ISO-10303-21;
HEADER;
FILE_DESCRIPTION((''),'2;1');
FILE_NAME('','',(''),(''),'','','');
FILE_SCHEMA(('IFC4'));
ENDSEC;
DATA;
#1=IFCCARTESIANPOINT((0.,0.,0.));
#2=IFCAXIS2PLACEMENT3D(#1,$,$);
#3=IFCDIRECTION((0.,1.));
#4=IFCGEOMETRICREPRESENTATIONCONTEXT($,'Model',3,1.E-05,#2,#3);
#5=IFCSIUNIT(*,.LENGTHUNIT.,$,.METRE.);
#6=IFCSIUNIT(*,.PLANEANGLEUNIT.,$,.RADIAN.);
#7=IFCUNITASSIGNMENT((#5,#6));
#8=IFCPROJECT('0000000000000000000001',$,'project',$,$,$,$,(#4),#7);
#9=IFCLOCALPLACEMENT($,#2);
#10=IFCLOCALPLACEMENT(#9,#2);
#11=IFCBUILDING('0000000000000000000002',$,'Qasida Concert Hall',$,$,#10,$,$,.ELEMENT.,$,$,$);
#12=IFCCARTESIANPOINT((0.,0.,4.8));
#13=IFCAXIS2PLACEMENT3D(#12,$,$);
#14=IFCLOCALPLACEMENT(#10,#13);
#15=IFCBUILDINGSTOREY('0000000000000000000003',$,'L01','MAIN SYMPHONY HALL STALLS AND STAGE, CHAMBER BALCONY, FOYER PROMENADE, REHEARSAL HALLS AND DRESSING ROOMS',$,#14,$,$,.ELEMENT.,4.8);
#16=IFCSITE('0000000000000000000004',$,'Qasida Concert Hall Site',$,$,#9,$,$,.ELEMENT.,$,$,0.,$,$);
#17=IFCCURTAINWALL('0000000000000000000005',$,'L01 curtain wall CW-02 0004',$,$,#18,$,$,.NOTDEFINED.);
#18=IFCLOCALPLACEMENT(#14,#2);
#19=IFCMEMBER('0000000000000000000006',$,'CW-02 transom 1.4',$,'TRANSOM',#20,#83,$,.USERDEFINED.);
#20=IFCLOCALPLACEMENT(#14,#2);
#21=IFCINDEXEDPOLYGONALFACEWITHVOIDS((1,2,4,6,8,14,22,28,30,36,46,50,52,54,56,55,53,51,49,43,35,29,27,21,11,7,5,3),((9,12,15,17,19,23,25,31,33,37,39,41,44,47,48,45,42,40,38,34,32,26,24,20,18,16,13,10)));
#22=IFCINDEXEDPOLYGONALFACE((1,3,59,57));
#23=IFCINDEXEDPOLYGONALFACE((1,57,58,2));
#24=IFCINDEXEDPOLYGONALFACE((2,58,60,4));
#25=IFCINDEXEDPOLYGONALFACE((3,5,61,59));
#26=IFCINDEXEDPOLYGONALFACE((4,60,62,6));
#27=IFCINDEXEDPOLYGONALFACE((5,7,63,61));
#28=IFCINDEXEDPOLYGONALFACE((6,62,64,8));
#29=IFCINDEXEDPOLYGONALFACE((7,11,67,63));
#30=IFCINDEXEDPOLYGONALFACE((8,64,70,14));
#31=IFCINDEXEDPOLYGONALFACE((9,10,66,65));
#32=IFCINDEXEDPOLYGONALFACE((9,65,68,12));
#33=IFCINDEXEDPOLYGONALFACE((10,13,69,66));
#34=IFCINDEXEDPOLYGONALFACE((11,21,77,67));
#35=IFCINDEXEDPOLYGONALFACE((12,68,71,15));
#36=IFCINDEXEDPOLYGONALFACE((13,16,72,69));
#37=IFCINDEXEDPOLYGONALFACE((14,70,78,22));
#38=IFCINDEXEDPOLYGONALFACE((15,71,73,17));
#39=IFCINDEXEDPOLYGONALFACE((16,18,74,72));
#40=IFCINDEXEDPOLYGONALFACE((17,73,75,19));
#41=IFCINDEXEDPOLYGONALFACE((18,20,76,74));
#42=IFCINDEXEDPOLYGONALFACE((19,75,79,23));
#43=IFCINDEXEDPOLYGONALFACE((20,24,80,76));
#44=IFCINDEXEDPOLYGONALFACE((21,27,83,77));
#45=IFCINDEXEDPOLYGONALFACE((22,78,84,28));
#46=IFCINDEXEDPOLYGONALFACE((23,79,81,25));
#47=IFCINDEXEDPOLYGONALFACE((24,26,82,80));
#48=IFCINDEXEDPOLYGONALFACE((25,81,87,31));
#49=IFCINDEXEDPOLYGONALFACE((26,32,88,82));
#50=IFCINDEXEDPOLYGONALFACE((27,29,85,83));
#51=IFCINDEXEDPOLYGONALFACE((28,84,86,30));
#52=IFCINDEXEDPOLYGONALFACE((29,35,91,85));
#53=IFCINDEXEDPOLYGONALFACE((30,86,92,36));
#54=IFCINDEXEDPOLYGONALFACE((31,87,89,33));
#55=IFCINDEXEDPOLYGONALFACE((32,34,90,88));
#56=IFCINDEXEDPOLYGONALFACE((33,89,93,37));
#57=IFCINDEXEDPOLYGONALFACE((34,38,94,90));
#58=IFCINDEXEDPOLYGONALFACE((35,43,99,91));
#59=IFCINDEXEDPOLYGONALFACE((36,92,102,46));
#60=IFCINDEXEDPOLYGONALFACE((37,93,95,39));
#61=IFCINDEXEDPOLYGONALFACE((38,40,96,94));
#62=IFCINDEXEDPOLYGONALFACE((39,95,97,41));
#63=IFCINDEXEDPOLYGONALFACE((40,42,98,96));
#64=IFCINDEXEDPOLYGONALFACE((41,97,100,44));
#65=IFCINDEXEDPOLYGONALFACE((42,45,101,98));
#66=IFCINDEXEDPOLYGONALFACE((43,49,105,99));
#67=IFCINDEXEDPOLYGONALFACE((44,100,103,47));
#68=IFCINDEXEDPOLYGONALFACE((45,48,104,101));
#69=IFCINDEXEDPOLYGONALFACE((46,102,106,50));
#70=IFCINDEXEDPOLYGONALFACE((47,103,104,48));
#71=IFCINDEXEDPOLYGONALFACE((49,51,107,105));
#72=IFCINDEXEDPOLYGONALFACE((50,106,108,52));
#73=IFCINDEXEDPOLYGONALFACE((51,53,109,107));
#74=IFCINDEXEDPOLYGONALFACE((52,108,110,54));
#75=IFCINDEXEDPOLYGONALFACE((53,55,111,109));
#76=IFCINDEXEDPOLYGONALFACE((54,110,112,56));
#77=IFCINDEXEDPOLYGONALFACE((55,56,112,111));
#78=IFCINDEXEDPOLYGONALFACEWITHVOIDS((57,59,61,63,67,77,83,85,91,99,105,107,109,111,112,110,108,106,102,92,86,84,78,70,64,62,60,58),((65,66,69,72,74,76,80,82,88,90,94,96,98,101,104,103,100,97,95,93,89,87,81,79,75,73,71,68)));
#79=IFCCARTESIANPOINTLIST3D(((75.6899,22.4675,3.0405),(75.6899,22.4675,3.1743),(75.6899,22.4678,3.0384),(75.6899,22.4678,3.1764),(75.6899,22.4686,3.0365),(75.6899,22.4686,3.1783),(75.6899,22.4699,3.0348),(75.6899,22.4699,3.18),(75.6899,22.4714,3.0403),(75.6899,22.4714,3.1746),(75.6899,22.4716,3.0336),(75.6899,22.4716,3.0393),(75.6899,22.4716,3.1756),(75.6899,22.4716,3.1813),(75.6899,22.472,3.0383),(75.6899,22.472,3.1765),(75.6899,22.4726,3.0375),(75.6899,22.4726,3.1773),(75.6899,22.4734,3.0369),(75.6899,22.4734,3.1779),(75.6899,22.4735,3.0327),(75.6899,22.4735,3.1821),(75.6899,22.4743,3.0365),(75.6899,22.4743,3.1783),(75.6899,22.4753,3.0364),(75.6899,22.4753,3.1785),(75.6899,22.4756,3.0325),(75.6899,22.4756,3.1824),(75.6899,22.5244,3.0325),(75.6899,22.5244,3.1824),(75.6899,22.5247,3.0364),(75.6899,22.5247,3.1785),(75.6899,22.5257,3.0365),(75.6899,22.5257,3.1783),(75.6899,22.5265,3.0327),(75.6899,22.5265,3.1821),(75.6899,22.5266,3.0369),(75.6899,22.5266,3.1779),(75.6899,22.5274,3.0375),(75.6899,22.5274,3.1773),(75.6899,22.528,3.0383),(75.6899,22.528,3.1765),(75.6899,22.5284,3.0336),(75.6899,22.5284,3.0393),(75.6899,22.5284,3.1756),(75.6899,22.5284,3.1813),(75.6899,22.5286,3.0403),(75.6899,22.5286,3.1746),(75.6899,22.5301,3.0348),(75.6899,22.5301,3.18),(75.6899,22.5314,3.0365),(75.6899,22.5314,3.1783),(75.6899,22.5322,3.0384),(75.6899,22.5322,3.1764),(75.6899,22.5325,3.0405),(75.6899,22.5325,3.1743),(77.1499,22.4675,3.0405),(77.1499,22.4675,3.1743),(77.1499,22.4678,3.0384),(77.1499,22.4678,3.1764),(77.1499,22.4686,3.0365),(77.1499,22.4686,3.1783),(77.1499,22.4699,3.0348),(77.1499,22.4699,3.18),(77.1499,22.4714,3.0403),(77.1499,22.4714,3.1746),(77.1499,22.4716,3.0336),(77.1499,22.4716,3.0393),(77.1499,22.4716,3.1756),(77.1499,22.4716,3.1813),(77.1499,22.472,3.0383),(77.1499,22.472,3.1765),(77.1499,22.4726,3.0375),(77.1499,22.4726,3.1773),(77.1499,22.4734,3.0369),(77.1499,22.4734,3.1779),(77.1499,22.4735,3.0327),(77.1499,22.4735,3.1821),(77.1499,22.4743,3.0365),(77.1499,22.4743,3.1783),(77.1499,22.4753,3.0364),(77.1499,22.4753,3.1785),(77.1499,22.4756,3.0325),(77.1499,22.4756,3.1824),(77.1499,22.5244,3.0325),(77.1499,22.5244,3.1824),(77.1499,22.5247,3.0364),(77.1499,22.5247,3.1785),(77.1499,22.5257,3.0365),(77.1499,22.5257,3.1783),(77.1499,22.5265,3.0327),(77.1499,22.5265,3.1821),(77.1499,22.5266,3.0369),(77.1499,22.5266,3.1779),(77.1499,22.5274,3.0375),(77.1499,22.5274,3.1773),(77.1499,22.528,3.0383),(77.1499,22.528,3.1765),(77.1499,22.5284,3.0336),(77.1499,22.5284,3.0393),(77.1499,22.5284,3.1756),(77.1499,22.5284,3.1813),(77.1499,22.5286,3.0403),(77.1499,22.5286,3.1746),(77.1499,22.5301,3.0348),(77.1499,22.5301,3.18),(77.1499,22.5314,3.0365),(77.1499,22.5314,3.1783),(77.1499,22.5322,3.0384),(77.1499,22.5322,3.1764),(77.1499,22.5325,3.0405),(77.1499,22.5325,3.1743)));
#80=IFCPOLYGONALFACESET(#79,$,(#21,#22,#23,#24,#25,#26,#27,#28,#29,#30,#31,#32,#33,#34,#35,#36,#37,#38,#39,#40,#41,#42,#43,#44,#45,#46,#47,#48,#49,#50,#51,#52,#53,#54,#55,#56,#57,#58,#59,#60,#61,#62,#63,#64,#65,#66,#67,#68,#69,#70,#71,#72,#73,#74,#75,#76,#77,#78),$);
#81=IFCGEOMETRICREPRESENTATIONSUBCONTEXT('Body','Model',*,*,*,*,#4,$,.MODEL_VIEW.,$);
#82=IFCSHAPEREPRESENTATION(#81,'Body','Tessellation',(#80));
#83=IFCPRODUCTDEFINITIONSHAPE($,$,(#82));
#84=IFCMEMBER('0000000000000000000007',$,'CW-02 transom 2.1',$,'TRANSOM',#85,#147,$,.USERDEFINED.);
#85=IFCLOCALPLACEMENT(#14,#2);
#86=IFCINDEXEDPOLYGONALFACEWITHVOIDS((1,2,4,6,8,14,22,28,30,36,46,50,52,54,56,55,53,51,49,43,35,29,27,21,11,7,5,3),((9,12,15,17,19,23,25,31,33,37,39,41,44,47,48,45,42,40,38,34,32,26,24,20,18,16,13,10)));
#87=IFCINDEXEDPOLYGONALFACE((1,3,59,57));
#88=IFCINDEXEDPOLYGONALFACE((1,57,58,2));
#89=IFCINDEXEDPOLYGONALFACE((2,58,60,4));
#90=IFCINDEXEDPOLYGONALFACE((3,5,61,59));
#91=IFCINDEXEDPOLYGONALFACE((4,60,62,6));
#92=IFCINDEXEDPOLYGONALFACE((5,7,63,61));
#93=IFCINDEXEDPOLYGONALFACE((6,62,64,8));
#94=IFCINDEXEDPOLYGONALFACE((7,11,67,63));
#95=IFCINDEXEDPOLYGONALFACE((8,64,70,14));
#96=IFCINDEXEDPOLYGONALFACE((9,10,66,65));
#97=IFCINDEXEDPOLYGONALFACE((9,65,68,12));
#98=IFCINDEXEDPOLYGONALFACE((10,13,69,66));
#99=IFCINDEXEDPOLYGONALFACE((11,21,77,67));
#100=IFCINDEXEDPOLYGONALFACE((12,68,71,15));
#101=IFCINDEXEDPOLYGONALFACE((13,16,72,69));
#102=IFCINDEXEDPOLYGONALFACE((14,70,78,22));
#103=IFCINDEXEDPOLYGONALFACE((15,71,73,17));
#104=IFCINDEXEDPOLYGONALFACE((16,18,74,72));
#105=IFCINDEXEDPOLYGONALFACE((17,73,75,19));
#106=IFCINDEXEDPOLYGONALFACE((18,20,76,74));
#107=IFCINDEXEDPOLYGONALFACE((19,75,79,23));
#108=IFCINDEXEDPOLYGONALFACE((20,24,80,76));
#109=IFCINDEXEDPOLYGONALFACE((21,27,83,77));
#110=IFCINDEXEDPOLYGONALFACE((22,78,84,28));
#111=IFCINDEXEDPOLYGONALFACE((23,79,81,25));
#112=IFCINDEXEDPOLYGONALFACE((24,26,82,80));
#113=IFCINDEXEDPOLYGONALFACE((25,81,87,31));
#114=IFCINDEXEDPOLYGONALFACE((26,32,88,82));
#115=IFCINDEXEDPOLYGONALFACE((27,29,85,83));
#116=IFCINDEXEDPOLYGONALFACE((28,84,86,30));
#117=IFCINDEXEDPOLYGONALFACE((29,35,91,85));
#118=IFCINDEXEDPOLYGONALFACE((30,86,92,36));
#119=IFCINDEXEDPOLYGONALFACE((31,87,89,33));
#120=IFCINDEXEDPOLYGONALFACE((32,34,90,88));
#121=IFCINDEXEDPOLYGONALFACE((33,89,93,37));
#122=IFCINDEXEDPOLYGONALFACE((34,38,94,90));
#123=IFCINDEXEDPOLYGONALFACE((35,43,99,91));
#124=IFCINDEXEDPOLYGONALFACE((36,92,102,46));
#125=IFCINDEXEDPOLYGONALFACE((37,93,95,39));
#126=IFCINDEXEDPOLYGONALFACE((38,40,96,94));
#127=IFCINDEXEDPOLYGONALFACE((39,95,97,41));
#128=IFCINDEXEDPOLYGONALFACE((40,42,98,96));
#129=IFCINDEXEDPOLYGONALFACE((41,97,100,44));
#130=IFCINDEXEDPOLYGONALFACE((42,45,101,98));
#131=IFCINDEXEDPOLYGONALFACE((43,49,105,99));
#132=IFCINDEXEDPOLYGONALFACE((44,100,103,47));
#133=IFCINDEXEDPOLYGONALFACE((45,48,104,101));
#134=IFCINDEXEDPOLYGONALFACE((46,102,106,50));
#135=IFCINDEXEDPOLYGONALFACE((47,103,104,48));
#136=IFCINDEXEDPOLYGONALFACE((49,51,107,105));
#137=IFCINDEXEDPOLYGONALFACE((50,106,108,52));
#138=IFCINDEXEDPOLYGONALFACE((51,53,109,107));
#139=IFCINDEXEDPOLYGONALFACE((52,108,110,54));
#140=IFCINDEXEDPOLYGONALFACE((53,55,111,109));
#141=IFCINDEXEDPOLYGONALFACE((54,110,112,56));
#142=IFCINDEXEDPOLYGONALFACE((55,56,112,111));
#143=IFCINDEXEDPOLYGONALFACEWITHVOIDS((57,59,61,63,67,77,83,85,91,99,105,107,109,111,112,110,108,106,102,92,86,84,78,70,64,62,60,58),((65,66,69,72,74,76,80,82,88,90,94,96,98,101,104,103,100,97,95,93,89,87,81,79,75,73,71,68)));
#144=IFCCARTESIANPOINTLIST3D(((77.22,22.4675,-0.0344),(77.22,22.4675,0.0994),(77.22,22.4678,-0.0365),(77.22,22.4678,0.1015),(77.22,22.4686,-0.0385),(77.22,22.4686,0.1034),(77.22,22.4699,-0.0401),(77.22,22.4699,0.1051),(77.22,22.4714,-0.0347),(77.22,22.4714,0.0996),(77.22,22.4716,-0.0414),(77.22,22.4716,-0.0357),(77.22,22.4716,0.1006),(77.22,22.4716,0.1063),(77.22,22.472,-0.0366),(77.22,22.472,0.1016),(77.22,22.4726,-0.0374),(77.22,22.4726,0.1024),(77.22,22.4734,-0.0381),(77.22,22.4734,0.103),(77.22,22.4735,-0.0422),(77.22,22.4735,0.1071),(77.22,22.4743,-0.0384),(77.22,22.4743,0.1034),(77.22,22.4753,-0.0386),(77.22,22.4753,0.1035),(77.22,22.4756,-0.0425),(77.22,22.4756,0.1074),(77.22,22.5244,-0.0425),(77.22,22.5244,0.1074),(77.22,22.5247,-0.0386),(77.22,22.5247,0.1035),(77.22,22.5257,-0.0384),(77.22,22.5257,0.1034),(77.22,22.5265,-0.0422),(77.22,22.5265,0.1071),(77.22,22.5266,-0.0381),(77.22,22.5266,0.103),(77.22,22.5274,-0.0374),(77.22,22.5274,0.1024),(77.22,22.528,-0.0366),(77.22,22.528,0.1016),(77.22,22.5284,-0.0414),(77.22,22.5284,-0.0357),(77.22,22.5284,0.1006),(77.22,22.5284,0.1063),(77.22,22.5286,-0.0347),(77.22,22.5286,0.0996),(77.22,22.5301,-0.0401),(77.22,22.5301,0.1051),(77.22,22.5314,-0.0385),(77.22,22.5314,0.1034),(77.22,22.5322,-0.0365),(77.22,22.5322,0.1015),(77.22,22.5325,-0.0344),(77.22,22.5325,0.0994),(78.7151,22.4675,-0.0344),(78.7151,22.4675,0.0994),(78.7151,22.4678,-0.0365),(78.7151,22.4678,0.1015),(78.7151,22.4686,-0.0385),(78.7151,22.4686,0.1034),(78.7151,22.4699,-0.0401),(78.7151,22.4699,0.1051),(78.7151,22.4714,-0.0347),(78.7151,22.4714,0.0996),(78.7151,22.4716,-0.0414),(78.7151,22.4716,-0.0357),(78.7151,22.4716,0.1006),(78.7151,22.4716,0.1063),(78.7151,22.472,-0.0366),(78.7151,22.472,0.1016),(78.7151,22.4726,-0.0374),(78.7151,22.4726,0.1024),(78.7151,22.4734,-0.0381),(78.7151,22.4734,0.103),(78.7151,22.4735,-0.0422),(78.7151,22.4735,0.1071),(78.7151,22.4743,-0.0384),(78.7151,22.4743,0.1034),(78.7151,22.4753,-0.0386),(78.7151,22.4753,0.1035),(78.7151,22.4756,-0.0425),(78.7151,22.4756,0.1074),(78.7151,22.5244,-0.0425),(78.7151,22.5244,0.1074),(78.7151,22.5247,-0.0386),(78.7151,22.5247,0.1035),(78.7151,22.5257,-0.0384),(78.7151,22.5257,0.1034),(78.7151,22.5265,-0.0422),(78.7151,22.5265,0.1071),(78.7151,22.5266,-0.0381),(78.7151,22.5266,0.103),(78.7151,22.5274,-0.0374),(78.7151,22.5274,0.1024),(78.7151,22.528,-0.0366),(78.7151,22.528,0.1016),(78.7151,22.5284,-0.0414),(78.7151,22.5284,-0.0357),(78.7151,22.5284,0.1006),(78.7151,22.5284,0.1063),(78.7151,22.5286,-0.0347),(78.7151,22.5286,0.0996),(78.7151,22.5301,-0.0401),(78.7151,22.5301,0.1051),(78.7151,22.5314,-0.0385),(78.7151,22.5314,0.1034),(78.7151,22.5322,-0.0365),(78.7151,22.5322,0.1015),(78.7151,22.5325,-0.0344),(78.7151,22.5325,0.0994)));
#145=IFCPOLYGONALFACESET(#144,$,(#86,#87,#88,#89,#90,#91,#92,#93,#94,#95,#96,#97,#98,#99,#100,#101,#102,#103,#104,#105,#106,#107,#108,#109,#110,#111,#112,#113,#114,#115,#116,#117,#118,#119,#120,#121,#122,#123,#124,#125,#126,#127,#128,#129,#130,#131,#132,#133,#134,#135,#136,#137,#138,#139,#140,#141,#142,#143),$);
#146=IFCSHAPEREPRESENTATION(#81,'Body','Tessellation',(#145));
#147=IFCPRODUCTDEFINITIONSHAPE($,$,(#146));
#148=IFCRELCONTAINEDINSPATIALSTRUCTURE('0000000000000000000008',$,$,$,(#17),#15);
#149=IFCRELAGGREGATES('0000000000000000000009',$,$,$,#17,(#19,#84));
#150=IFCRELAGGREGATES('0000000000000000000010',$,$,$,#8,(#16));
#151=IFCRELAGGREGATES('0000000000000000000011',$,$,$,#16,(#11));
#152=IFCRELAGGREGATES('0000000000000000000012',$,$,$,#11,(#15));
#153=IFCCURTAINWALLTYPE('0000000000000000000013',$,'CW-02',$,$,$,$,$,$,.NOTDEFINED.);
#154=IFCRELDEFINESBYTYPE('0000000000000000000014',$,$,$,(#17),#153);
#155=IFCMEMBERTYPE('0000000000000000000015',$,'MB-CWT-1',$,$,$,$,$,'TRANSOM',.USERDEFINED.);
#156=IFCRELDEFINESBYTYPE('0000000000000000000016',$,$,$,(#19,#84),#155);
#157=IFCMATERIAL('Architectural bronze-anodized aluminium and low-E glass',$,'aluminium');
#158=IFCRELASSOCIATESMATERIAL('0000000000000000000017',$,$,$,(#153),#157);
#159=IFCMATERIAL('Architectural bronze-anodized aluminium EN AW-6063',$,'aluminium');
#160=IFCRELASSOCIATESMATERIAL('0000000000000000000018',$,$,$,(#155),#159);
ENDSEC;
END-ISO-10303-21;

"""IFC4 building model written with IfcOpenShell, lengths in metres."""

from ifc_helpers import new_model, si_unit, direction, frame, origin, origin_2d, place, context, subcontext, project, spatial, hollow_rectangle, extrude, material, material_profile, profile_set, type_object, element, aggregate, save


model = new_model("IFC4")

# Units and contexts
model_context = context("Model", 3, precision=1e-05, world=origin(), true_north=direction((0.0, 1.0)))
body_context = subcontext(model_context, "Body", "Model", "MODEL_VIEW")
ifc_project = project(units=[si_unit("LENGTHUNIT", "METRE"), si_unit("PLANEANGLEUNIT", "RADIAN")], contexts=[model_context])

# Site, building, storey
site_placement = place(None, origin())
site = spatial("IfcSite", under=ifc_project, at=site_placement, Name="Qasida Concert Hall Site", CompositionType="ELEMENT", RefElevation=0.0)
building_placement = place(site_placement, origin())
building = spatial("IfcBuilding", under=site, at=building_placement, Name="Qasida Concert Hall", CompositionType="ELEMENT")
storey_placement = place(building_placement, frame((0.0, 0.0, 4.8)))
storey = spatial("IfcBuildingStorey", under=building, at=storey_placement, Name="L01", Description="MAIN SYMPHONY HALL STALLS AND STAGE, CHAMBER BALCONY, FOYER PROMENADE, REHEARSAL HALLS AND DRESSING ROOMS", CompositionType="ELEMENT", Elevation=4.8)

# Curtain wall, members
ifc_material_1 = material(Name="Architectural bronze-anodized aluminium and low-E glass", Category="aluminium")
curtain_wall_type = type_object("IfcCurtainWallType", Name="CW-02", PredefinedType="NOTDEFINED", material=ifc_material_1)
curtain_wall_placement = place(storey_placement, origin())
curtain_wall = element("IfcCurtainWall", 1, at=curtain_wall_placement, inside=storey, type_object=curtain_wall_type, Name="L01 curtain wall CW-02 0004", PredefinedType="NOTDEFINED")
ifc_material_2 = material(Name="Architectural bronze-anodized aluminium EN AW-6063", Category="aluminium")
ifc_material_profile_1 = material_profile(ifc_material_2, hollow_rectangle(XDim=0.0649, YDim=0.1499, WallThickness=0.0039, InnerFilletRadius=0.0039, OuterFilletRadius=0.0081, at=origin_2d()), Name="CWT 150x65x4")
ifc_profile_set_1 = profile_set([ifc_material_profile_1], Name="Architectural bronze-anodized aluminium EN AW-6063")
member_type_1 = type_object("IfcMemberType", Name="MB-CWT-1", ElementType="TRANSOM", PredefinedType="USERDEFINED", material=ifc_profile_set_1)
member_1_placement = place(storey_placement, frame((75.6899, 22.5, 3.1074), z_axis=(1.0, 0.0, 0.0), x_axis=(0.0, 1.0, 0.0)))
member_1 = element("IfcMember", 2, at=member_1_placement, type_object=member_type_1, Name="CW-02 transom 1.4", ObjectType="TRANSOM", PredefinedType="USERDEFINED", context=body_context, shape_type="SweptSolid", body=[
    extrude(hollow_rectangle(XDim=0.0649, YDim=0.1499, WallThickness=0.0039, InnerFilletRadius=0.0039, OuterFilletRadius=0.0081, at=origin_2d()), origin(), (0.0, 0.0, 1.0), 1.46),
])
member_2_placement = place(storey_placement, frame((77.22, 22.5, 0.0325), z_axis=(1.0, 0.0, 0.0), x_axis=(0.0, 1.0, 0.0)))
member_2 = element("IfcMember", 3, at=member_2_placement, type_object=member_type_1, Name="CW-02 transom 2.1", ObjectType="TRANSOM", PredefinedType="USERDEFINED", context=body_context, shape_type="SweptSolid", body=[
    extrude(hollow_rectangle(XDim=0.0649, YDim=0.1499, WallThickness=0.0039, InnerFilletRadius=0.0039, OuterFilletRadius=0.0081, at=origin_2d()), origin(), (0.0, 0.0, 1.0), 1.4951),
])
aggregate(curtain_wall, [member_1, member_2])

save(model, "model.ifc")
